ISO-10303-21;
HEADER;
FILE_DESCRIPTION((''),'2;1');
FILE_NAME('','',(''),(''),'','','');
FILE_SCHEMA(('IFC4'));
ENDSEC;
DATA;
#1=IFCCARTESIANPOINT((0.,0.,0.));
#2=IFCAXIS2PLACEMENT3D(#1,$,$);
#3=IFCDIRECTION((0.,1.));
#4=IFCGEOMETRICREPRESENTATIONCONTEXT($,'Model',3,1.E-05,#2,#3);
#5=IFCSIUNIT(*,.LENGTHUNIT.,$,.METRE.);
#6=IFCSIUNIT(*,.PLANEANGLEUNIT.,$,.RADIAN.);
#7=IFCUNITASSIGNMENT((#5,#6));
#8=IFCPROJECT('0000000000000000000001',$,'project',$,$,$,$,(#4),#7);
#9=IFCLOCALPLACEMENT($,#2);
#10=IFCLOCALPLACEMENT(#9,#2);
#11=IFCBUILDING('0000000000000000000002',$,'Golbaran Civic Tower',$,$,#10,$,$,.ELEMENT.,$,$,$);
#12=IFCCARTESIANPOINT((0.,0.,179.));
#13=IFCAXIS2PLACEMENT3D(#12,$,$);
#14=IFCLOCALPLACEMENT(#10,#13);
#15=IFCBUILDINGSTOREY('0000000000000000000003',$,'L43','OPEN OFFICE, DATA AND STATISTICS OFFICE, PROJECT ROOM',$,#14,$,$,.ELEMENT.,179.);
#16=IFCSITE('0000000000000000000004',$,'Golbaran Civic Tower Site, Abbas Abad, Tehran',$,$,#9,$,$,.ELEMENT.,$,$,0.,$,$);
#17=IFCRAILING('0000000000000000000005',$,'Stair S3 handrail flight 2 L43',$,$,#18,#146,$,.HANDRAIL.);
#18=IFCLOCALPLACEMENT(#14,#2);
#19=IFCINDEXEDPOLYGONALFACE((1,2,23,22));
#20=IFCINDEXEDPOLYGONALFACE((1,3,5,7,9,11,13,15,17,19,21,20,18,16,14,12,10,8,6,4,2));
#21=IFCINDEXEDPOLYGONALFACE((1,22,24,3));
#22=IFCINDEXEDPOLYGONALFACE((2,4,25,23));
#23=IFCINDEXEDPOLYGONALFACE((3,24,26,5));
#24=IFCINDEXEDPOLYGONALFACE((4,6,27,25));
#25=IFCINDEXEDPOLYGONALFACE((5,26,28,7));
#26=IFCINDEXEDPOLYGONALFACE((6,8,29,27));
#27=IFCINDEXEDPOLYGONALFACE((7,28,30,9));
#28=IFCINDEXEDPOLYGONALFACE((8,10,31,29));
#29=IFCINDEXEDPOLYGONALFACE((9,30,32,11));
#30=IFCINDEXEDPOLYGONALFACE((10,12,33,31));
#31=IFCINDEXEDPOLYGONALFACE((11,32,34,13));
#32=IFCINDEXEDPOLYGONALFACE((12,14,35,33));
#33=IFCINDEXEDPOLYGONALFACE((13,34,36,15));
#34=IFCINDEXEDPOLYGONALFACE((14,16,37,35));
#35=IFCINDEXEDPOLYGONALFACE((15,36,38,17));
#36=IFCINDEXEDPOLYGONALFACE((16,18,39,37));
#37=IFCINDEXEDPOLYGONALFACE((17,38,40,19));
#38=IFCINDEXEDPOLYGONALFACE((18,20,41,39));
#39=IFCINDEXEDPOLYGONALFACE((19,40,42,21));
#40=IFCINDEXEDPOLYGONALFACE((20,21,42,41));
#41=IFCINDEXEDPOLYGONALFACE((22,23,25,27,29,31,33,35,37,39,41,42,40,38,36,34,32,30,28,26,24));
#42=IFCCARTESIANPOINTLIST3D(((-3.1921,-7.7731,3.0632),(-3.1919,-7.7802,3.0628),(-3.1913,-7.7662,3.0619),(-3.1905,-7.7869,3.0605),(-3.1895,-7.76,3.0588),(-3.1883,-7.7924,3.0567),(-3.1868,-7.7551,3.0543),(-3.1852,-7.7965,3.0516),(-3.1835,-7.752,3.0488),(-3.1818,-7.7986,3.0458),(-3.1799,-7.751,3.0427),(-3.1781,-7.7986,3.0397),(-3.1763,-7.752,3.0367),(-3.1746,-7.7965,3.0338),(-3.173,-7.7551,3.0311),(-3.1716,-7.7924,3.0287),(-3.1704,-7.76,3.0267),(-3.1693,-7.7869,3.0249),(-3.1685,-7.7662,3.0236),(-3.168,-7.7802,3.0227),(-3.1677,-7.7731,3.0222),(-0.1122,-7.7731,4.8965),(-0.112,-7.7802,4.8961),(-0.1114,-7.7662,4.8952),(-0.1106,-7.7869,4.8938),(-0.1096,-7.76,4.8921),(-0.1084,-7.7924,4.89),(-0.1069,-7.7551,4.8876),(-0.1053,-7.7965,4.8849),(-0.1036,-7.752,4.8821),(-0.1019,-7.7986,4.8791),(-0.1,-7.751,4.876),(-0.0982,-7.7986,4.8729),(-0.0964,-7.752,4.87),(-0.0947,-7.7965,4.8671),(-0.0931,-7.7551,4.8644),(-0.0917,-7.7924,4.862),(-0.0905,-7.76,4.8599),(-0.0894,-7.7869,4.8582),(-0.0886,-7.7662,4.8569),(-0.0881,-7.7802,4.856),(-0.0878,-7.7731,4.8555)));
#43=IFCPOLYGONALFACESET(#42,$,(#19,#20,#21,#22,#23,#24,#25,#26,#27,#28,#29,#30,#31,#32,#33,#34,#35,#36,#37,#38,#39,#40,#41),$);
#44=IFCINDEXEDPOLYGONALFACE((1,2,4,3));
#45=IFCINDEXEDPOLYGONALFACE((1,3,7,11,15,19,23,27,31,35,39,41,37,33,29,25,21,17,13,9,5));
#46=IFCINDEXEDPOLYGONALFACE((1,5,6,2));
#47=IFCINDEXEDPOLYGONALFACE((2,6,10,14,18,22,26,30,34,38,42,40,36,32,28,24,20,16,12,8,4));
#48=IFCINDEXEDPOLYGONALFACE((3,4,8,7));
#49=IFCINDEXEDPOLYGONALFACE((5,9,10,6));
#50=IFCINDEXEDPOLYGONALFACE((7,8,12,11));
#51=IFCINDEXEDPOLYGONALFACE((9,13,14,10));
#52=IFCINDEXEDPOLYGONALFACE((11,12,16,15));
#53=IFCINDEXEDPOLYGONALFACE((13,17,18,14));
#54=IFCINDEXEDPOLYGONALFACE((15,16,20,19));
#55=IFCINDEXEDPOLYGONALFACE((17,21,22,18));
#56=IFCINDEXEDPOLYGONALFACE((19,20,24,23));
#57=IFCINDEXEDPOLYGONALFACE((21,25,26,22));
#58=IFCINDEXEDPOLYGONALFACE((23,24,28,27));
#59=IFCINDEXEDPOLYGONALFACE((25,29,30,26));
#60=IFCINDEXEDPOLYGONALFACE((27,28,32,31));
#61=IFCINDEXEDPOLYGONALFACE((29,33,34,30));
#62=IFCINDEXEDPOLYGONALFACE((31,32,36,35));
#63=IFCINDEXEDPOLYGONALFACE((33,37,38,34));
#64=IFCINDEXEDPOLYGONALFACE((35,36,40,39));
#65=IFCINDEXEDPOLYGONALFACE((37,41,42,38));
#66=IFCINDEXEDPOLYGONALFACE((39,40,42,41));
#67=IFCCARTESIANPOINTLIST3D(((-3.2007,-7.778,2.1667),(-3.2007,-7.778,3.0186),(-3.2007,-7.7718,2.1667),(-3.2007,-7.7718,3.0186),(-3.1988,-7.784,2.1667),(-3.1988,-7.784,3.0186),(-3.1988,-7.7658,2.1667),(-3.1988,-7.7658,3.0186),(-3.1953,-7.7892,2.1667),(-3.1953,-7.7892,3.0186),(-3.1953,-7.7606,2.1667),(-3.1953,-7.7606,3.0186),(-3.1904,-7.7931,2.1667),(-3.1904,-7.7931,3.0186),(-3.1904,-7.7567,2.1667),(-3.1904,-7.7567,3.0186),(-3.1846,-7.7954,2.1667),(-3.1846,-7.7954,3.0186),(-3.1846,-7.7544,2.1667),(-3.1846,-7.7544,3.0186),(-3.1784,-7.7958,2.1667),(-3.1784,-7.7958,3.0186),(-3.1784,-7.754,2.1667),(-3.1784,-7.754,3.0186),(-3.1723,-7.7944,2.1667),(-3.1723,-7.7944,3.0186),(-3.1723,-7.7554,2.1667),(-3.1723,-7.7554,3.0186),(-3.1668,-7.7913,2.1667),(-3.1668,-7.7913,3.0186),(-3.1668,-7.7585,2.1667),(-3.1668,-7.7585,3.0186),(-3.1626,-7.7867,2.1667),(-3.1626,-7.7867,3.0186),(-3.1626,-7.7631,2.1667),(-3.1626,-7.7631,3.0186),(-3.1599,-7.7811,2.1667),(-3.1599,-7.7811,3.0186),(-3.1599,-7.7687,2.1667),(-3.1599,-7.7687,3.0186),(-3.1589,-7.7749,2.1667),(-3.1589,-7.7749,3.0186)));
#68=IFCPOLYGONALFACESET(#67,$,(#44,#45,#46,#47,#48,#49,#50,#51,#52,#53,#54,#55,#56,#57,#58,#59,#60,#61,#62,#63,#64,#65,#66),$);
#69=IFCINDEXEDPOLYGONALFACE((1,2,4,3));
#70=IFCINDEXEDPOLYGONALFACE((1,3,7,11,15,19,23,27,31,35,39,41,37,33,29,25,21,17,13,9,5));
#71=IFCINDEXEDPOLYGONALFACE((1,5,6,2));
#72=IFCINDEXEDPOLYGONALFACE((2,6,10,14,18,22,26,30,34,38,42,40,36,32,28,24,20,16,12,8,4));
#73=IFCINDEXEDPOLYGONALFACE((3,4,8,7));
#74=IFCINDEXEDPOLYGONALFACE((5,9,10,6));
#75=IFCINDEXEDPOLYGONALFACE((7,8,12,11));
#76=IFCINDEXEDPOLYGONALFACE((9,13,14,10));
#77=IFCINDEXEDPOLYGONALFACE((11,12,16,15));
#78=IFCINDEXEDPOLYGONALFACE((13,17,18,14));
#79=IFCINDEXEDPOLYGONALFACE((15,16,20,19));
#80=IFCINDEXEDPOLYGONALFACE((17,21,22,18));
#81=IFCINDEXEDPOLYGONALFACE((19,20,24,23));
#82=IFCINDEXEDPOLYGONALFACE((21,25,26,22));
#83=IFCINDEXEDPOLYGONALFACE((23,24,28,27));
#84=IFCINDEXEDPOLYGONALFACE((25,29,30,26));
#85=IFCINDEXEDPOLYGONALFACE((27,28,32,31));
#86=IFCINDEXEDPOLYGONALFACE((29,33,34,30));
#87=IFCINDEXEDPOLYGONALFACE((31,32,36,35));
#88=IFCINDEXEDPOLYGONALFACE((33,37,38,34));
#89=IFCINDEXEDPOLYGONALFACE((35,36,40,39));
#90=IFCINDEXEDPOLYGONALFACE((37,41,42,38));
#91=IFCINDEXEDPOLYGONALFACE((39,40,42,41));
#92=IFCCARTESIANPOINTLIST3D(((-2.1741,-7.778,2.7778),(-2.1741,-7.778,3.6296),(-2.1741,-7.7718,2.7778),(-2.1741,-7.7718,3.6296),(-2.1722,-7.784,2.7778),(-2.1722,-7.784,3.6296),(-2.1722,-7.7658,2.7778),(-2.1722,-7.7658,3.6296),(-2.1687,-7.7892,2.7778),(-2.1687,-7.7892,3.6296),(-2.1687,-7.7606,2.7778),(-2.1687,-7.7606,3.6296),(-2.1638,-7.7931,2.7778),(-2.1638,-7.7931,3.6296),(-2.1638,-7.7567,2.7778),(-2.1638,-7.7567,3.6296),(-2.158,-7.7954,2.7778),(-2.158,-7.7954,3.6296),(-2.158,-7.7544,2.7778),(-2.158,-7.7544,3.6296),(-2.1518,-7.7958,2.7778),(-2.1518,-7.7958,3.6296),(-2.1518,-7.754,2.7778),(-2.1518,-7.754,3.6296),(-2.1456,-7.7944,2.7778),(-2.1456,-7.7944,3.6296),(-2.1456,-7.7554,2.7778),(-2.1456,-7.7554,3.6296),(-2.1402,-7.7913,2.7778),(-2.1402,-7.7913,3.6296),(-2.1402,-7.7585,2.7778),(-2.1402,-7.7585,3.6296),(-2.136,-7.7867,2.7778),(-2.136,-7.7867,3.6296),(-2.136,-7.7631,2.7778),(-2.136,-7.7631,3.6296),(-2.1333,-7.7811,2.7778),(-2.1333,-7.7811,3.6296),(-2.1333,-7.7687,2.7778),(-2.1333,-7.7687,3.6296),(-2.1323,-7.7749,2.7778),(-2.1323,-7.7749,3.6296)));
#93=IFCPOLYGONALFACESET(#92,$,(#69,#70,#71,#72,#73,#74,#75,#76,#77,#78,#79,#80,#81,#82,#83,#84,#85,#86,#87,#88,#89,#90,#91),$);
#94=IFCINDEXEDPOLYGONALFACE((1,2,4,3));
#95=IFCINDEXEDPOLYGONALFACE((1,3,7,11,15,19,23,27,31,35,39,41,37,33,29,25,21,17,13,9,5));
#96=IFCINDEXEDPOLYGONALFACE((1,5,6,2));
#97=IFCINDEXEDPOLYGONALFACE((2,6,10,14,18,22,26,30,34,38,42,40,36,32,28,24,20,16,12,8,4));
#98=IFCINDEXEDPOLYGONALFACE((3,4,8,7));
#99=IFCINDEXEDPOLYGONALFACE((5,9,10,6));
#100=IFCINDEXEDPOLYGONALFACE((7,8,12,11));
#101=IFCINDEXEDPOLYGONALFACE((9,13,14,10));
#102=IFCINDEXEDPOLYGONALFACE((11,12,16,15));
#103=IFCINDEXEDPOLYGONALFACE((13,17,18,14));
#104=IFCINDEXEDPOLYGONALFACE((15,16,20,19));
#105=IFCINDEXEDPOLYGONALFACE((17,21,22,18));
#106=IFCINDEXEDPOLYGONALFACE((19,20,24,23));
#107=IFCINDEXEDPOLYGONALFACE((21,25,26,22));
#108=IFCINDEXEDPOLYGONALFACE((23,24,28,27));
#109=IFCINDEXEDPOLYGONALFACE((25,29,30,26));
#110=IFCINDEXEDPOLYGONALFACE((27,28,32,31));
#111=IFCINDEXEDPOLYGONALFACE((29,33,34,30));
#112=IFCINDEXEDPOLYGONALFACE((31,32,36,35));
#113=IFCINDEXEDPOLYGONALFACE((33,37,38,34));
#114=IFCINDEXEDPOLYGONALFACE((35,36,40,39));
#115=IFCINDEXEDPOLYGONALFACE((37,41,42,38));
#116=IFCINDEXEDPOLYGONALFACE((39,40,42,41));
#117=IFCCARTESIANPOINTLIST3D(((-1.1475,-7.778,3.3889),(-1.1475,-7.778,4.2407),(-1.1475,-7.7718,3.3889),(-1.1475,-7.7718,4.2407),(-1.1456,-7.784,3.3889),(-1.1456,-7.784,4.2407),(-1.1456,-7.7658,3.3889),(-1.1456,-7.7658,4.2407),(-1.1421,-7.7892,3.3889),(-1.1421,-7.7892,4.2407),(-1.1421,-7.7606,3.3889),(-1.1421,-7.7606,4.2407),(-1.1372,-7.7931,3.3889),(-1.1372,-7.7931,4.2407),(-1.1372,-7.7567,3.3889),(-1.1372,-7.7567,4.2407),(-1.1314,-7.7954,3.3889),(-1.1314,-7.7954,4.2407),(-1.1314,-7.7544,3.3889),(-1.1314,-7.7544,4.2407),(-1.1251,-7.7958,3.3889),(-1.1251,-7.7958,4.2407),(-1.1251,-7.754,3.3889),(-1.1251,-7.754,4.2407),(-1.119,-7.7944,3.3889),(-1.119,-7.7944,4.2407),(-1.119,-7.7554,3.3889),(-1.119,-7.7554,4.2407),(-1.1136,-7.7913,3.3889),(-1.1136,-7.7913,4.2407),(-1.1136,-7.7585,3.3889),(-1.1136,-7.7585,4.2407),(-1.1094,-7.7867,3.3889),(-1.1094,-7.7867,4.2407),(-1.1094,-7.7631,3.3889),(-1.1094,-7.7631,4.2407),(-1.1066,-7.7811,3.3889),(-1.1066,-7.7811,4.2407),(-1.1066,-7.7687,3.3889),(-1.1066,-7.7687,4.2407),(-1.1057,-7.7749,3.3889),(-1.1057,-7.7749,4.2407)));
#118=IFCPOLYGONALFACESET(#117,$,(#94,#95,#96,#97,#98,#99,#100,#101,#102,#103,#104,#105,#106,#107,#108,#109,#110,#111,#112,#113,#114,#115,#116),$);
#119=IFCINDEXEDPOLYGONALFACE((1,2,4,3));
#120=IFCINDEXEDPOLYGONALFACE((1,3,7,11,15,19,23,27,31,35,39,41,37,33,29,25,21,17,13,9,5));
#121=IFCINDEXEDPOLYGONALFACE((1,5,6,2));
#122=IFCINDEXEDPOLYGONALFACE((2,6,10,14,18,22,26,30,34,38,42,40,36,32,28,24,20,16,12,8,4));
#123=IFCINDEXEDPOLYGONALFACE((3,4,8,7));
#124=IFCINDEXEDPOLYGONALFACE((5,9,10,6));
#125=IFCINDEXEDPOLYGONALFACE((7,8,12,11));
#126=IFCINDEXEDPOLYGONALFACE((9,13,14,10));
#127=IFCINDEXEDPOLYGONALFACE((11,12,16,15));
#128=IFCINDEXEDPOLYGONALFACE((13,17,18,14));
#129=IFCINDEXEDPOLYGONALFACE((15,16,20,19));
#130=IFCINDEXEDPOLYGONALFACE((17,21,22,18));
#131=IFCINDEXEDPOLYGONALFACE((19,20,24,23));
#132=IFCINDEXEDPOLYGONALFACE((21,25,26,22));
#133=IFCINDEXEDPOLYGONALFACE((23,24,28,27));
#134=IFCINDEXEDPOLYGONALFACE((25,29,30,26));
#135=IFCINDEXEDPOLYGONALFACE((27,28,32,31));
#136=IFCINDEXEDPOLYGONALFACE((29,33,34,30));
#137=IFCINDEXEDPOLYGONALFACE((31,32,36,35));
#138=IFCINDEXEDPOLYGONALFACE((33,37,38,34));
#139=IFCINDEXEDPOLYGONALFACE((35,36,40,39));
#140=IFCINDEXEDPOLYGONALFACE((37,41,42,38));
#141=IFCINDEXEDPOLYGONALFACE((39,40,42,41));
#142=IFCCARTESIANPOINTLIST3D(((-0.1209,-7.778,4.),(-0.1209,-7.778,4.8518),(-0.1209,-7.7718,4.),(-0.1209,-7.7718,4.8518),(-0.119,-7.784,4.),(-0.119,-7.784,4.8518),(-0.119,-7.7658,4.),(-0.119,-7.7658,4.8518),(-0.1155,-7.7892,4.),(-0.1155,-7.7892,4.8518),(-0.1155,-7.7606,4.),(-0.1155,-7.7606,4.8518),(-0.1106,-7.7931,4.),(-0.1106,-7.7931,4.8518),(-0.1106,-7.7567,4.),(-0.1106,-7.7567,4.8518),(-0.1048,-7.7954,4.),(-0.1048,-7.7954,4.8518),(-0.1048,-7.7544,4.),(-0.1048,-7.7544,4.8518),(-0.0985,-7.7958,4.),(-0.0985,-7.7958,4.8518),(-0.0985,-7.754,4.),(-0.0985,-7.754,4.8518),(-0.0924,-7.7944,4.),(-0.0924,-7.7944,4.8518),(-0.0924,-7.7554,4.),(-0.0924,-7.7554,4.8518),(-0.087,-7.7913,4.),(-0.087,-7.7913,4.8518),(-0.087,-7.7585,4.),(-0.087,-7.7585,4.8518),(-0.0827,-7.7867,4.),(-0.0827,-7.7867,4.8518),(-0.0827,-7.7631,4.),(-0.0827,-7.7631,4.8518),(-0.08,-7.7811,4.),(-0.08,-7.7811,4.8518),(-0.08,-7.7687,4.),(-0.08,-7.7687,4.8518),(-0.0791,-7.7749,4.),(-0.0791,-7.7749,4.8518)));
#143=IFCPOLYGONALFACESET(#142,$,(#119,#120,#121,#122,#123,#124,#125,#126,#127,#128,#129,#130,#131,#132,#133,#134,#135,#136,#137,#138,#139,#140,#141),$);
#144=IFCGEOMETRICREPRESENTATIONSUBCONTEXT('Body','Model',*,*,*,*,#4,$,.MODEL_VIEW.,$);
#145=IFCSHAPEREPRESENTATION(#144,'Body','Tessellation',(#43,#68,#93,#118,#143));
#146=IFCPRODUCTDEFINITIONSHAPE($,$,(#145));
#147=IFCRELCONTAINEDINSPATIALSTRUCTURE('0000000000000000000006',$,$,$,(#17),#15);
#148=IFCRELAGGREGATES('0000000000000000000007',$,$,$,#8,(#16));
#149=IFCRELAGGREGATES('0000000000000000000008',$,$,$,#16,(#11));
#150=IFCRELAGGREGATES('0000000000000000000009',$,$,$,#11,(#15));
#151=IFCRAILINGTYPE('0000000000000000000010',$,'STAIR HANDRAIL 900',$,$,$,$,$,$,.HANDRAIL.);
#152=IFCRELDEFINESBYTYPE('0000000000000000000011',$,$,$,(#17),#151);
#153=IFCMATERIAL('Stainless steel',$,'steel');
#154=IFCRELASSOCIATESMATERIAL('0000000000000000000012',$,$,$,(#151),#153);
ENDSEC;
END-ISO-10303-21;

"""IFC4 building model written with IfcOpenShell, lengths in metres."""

from ifc_helpers import new_model, si_unit, direction, frame, origin, origin_2d, place, context, subcontext, project, spatial, circle, extrude, material, type_object, element, save


model = new_model("IFC4")

# Units and contexts
model_context = context("Model", 3, precision=1e-05, world=origin(), true_north=direction((0.0, 1.0)))
body_context = subcontext(model_context, "Body", "Model", "MODEL_VIEW")
ifc_project = project(units=[si_unit("LENGTHUNIT", "METRE"), si_unit("PLANEANGLEUNIT", "RADIAN")], contexts=[model_context])

# Site, building, storey
site_placement = place(None, origin())
site = spatial("IfcSite", under=ifc_project, at=site_placement, Name="Golbaran Civic Tower Site, Abbas Abad, Tehran", CompositionType="ELEMENT", RefElevation=0.0)
building_placement = place(site_placement, origin())
building = spatial("IfcBuilding", under=site, at=building_placement, Name="Golbaran Civic Tower", CompositionType="ELEMENT")
storey_placement = place(building_placement, frame((0.0, 0.0, 179.0)))
storey = spatial("IfcBuildingStorey", under=building, at=storey_placement, Name="L43", Description="OPEN OFFICE, DATA AND STATISTICS OFFICE, PROJECT ROOM", CompositionType="ELEMENT", Elevation=179.0)

# Shared definitions
ifc_material_1 = material(Name="Stainless steel", Category="steel")

# Railing
railing_type = type_object("IfcRailingType", Name="STAIR HANDRAIL 900", PredefinedType="HANDRAIL", material=ifc_material_1)
railing_1_placement = place(storey_placement, frame((-3.1799, -7.7749, 2.1667)))
element("IfcRailing", 1, at=railing_1_placement, inside=storey, type_object=railing_type, Name="Stair S3 handrail flight 2 L43", PredefinedType="HANDRAIL", context=body_context, shape_type="SweptSolid", body=[
    extrude(circle(Radius=0.0239, at=origin_2d()), frame((0.0, 0.0, 0.876), z_axis=(0.859291, 0.0, 0.511487), x_axis=(0.0, 1.0, 0.0)), (0.0, 0.0, 1.0), 3.5842),
    extrude(circle(Radius=0.021, at=origin_2d()), origin(), (0.0, 0.0, 1.0), 0.8518),
    extrude(circle(Radius=0.021, at=origin_2d()), frame((1.0266, 0.0, 0.6111)), (0.0, 0.0, 1.0), 0.8518),
    extrude(circle(Radius=0.021, at=origin_2d()), frame((2.0532, 0.0, 1.2222)), (0.0, 0.0, 1.0), 0.8518),
    extrude(circle(Radius=0.021, at=origin_2d()), frame((3.0798, 0.0, 1.8333)), (0.0, 0.0, 1.0), 0.8518),
])

save(model, "model.ifc")
